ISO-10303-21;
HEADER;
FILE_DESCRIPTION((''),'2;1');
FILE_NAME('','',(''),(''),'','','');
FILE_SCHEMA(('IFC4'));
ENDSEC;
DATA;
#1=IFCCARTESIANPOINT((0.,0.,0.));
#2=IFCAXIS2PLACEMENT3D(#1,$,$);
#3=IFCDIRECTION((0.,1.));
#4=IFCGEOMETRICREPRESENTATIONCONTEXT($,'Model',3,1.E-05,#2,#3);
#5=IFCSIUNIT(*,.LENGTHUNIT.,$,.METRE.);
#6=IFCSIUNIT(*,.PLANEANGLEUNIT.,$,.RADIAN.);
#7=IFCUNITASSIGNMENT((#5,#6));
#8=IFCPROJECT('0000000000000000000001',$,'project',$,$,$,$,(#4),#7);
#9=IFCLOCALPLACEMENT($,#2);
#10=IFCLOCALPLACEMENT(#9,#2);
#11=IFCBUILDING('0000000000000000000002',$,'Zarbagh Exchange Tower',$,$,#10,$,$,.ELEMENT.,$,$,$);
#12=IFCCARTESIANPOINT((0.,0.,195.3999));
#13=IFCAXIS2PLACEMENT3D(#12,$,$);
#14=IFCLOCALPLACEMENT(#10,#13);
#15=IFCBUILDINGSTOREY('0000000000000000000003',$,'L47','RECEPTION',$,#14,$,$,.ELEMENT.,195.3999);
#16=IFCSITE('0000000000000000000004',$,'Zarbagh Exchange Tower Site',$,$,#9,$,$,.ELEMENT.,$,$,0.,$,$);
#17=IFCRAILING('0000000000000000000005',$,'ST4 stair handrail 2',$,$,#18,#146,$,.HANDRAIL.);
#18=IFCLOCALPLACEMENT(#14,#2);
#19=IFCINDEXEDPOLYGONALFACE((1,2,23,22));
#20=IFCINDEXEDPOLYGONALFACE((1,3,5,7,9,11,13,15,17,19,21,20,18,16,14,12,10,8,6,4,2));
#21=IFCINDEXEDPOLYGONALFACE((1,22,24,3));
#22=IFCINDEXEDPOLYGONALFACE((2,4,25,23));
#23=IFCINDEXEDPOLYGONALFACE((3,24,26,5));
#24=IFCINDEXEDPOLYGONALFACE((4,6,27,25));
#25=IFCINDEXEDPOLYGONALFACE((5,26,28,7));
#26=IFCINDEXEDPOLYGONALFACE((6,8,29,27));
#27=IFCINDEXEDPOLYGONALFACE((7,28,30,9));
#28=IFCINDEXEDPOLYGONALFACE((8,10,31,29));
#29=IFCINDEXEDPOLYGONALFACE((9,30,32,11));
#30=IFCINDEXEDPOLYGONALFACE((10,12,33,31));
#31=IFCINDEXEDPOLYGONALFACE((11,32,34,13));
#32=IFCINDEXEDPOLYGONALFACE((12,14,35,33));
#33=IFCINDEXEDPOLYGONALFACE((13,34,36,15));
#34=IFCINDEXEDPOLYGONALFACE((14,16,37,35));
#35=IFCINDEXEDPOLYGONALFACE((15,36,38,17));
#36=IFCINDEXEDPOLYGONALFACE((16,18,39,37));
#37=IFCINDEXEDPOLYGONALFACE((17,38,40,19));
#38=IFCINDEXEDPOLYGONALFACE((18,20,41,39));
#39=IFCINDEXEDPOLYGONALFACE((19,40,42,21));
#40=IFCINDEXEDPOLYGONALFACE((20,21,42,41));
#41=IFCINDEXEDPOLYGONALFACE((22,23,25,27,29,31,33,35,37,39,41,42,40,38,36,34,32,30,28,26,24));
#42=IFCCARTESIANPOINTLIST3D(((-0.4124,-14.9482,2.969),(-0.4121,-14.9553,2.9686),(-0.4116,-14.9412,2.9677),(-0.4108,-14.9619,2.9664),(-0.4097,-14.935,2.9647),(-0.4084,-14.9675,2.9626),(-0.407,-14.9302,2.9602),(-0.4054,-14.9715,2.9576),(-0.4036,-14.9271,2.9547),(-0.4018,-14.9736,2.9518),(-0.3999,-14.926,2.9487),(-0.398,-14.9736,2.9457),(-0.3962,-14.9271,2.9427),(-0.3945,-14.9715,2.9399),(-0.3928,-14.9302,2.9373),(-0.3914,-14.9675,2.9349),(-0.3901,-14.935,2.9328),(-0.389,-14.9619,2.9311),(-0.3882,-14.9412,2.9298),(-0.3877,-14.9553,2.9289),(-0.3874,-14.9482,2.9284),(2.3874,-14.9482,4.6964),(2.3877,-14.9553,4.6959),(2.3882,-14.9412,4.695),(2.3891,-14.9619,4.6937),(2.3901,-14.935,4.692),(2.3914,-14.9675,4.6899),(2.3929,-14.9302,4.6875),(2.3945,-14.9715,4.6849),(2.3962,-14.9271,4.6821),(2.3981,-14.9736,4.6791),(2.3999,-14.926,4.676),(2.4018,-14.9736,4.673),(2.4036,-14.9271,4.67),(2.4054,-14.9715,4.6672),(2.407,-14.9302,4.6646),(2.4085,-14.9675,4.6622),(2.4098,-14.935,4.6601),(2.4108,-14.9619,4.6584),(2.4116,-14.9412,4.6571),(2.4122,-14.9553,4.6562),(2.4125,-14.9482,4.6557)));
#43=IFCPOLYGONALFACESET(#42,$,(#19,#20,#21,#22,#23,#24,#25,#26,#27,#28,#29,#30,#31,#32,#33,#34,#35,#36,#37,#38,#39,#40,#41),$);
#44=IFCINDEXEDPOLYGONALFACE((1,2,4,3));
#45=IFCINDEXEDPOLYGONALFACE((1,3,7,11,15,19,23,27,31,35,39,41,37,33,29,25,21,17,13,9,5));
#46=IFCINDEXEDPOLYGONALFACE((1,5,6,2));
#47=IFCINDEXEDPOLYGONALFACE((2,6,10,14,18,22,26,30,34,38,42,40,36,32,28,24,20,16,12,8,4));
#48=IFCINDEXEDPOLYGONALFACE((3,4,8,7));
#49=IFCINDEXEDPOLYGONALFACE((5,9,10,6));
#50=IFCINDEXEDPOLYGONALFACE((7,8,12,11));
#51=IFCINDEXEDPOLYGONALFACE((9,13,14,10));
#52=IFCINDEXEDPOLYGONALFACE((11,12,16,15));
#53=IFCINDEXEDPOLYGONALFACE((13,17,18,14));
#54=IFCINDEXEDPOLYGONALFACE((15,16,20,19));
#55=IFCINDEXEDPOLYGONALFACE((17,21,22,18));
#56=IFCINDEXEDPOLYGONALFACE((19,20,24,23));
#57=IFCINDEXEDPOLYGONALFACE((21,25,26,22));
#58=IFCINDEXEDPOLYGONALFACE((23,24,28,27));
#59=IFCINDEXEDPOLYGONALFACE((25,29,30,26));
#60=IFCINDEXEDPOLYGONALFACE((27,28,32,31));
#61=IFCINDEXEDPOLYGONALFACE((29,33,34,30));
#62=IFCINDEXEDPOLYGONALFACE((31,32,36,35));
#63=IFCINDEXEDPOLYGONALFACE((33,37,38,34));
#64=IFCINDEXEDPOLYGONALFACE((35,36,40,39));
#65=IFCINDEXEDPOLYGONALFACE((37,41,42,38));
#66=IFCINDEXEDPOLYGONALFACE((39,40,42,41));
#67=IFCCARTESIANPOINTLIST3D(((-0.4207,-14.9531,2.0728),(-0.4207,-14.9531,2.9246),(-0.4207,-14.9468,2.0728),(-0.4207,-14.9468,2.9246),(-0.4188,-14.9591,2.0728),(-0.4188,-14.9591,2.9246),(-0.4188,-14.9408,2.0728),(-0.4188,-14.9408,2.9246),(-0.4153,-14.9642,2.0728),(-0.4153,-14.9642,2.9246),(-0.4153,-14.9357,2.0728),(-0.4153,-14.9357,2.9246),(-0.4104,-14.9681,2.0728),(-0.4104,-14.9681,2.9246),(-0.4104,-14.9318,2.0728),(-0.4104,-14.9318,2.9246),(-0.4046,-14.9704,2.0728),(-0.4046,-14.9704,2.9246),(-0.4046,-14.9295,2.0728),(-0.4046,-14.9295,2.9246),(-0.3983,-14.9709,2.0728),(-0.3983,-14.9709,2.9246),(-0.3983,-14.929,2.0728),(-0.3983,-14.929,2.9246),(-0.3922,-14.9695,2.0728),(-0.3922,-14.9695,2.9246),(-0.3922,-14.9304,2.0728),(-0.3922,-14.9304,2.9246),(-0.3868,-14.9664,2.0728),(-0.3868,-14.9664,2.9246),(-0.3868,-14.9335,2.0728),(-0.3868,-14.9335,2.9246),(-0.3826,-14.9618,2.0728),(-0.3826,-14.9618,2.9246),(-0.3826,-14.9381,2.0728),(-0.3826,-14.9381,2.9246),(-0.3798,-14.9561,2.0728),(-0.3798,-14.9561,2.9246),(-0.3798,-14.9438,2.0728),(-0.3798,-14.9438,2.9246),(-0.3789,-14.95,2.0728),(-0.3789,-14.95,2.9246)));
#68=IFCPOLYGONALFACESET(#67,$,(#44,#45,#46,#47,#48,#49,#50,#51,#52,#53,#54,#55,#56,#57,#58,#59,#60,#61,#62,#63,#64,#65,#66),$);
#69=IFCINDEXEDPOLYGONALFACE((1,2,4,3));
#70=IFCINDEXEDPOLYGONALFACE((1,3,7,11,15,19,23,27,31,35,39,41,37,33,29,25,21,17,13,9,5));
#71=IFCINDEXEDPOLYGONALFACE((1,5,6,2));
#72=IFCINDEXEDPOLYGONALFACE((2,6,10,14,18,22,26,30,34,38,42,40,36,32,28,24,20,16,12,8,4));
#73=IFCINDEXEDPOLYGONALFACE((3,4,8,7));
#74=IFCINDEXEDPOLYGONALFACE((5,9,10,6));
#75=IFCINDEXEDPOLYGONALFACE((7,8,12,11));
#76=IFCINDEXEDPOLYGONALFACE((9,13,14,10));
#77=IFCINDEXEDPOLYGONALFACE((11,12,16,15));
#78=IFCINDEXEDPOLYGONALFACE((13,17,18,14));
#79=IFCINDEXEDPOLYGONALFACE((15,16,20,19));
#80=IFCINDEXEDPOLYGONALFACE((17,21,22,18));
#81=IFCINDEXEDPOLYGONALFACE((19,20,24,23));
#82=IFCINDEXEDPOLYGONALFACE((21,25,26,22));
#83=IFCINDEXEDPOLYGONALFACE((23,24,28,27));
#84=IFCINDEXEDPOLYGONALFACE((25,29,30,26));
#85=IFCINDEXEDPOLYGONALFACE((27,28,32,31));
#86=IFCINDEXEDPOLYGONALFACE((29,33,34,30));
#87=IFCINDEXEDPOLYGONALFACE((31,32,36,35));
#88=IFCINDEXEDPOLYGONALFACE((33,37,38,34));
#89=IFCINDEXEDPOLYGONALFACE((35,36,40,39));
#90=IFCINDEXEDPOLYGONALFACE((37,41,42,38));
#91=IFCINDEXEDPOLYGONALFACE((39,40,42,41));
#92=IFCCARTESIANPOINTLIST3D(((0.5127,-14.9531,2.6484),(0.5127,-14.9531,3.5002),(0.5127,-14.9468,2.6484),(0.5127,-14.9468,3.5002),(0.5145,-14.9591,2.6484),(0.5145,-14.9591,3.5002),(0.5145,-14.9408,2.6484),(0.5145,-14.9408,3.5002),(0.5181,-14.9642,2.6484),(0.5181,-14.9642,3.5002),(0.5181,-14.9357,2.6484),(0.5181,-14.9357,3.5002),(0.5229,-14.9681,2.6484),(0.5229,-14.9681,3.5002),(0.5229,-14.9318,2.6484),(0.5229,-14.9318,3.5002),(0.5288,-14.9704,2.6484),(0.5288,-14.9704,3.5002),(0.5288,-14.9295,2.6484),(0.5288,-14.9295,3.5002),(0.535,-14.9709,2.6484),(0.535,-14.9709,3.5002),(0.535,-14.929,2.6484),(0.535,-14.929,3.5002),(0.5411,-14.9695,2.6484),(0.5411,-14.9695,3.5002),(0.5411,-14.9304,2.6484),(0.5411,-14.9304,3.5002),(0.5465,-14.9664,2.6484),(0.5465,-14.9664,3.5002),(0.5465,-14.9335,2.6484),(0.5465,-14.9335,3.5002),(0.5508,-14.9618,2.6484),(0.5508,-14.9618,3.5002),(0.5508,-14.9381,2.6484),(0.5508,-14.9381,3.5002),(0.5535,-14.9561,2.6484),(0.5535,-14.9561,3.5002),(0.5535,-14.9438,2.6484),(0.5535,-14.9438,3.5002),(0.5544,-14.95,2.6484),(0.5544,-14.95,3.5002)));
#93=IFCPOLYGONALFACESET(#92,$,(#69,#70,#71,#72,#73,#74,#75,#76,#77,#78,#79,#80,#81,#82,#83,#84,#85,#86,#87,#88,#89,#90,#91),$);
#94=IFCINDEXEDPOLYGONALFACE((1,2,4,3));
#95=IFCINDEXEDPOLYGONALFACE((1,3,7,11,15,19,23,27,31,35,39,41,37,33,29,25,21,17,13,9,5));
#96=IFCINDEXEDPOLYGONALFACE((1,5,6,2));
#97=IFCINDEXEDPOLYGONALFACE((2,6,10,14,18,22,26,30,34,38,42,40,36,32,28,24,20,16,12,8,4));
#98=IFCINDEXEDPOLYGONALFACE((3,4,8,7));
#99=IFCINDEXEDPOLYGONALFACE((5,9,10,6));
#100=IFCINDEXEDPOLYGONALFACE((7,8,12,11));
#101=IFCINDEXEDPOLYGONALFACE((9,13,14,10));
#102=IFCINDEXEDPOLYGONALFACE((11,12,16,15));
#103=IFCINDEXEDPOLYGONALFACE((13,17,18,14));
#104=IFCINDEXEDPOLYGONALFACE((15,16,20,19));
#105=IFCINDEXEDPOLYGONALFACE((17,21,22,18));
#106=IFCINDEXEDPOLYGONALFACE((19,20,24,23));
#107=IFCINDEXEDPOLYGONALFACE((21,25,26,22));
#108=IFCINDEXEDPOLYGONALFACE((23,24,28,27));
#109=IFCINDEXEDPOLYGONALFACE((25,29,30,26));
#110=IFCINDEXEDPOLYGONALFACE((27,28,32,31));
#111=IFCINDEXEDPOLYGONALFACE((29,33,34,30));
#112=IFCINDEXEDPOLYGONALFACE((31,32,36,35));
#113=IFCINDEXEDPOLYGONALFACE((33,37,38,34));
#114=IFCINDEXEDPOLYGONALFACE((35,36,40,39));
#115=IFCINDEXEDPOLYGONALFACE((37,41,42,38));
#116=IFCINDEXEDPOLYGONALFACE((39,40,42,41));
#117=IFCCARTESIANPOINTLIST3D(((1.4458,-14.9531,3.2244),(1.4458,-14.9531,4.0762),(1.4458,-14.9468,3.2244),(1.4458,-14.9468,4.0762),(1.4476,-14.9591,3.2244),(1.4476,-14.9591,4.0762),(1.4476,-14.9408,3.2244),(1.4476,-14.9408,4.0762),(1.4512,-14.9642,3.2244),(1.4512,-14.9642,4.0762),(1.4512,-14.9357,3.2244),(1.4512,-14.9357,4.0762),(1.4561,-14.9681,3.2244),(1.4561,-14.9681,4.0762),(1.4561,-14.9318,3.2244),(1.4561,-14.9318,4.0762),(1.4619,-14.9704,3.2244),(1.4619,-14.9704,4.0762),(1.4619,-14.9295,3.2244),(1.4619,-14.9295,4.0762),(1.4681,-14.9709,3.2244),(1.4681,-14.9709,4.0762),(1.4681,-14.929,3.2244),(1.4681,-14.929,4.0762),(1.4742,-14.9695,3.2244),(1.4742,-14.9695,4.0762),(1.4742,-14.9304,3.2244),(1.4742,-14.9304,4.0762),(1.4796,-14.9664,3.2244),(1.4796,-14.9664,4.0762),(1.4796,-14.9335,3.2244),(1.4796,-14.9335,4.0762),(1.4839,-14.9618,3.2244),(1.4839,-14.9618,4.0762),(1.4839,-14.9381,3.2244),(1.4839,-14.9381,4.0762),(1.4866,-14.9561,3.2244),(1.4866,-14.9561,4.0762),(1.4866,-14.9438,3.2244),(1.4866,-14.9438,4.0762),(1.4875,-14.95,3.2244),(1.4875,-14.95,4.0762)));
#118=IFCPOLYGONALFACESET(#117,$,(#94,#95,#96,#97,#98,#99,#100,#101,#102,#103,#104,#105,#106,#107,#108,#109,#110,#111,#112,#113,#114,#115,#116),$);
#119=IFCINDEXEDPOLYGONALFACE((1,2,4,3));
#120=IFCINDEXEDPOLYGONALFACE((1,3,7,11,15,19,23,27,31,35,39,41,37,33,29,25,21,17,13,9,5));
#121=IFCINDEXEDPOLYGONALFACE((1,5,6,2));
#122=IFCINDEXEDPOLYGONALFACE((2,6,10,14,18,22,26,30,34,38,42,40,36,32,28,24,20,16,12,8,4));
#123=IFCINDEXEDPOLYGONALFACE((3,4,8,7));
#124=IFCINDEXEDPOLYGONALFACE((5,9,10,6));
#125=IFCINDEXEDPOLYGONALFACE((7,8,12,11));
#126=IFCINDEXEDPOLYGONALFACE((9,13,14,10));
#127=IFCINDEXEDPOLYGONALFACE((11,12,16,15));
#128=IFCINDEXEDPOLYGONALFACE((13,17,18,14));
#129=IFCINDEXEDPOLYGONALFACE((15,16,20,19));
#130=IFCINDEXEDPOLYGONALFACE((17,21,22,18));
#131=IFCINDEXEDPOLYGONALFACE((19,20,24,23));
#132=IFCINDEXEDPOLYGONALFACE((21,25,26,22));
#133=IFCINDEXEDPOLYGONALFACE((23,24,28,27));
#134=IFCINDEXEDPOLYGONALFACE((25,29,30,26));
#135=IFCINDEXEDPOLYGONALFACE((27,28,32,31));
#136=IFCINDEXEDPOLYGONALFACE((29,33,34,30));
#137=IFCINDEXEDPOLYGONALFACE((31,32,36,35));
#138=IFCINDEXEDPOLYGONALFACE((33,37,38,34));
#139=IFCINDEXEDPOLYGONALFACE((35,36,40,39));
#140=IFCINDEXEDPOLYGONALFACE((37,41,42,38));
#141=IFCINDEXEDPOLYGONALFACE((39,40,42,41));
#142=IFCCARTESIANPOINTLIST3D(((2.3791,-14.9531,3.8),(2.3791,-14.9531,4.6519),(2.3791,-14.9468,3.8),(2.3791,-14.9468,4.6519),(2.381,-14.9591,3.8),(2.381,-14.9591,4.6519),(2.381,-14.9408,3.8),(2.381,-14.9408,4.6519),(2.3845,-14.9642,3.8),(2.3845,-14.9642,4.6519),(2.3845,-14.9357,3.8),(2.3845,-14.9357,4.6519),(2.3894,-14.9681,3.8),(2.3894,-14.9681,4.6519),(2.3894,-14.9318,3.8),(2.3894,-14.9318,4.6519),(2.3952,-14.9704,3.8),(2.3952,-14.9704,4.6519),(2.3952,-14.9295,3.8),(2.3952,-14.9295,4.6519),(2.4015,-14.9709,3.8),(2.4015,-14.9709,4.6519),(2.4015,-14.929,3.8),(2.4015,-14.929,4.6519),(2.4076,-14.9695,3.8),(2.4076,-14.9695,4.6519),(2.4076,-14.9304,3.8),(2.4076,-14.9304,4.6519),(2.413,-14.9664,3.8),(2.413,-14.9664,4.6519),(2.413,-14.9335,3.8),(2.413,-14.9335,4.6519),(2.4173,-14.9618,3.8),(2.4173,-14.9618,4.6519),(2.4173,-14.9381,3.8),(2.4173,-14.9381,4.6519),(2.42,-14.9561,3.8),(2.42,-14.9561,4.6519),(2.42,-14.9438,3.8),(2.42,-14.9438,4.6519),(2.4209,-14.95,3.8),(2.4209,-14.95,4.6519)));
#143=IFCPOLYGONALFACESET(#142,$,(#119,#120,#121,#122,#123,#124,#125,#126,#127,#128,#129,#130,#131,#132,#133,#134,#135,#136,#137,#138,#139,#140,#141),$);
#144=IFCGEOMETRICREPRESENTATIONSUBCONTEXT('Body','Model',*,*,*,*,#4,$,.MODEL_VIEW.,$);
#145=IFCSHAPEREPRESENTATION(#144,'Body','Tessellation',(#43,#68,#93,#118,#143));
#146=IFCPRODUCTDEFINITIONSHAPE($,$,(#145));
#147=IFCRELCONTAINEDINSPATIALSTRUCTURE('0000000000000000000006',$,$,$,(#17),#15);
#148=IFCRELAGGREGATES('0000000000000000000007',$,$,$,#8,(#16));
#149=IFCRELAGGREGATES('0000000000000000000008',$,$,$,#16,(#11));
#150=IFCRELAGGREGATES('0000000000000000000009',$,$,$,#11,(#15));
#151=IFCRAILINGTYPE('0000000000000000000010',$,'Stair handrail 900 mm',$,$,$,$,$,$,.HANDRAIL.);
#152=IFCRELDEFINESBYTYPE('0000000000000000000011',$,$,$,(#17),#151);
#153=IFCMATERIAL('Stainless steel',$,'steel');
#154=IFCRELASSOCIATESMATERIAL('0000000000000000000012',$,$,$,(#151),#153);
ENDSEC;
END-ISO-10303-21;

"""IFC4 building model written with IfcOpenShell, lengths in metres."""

from ifc_helpers import new_model, si_unit, direction, frame, origin, origin_2d, place, context, subcontext, project, spatial, circle, extrude, material, type_object, element, save


model = new_model("IFC4")

# Units and contexts
model_context = context("Model", 3, precision=1e-05, world=origin(), true_north=direction((0.0, 1.0)))
body_context = subcontext(model_context, "Body", "Model", "MODEL_VIEW")
ifc_project = project(units=[si_unit("LENGTHUNIT", "METRE"), si_unit("PLANEANGLEUNIT", "RADIAN")], contexts=[model_context])

# Site, building, storey
site_placement = place(None, origin())
site = spatial("IfcSite", under=ifc_project, at=site_placement, Name="Zarbagh Exchange Tower Site", CompositionType="ELEMENT", RefElevation=0.0)
building_placement = place(site_placement, origin())
building = spatial("IfcBuilding", under=site, at=building_placement, Name="Zarbagh Exchange Tower", CompositionType="ELEMENT")
storey_placement = place(building_placement, frame((0.0, 0.0, 195.3999)))
storey = spatial("IfcBuildingStorey", under=building, at=storey_placement, Name="L47", Description="RECEPTION", CompositionType="ELEMENT", Elevation=195.3999)

# Shared definitions
ifc_material_1 = material(Name="Stainless steel", Category="steel")

# Railing
railing_type_1 = type_object("IfcRailingType", Name="Stair handrail 900 mm", PredefinedType="HANDRAIL", material=ifc_material_1)
railing_1_placement = place(storey_placement, frame((-0.3999, -14.95, 2.0728)))
element("IfcRailing", 1, at=railing_1_placement, inside=storey, type_object=railing_type_1, Name="ST4 stair handrail 2", PredefinedType="HANDRAIL", context=body_context, shape_type="SweptSolid", body=[
    extrude(circle(Radius=0.0239, at=origin_2d()), frame((0.0, 0.0, 0.876), z_axis=(0.851069, 0.0, 0.525054), x_axis=(0.0, 1.0, 0.0)), (0.0, 0.0, 1.0), 3.2898),
    extrude(circle(Radius=0.021, at=origin_2d()), origin(), (0.0, 0.0, 1.0), 0.8518),
    extrude(circle(Radius=0.021, at=origin_2d()), frame((0.9333, 0.0, 0.5757)), (0.0, 0.0, 1.0), 0.8518),
    extrude(circle(Radius=0.021, at=origin_2d()), frame((1.8665, 0.0, 1.1516)), (0.0, 0.0, 1.0), 0.8518),
    extrude(circle(Radius=0.021, at=origin_2d()), frame((2.7998, 0.0, 1.7273)), (0.0, 0.0, 1.0), 0.8518),
])

save(model, "model.ifc")
